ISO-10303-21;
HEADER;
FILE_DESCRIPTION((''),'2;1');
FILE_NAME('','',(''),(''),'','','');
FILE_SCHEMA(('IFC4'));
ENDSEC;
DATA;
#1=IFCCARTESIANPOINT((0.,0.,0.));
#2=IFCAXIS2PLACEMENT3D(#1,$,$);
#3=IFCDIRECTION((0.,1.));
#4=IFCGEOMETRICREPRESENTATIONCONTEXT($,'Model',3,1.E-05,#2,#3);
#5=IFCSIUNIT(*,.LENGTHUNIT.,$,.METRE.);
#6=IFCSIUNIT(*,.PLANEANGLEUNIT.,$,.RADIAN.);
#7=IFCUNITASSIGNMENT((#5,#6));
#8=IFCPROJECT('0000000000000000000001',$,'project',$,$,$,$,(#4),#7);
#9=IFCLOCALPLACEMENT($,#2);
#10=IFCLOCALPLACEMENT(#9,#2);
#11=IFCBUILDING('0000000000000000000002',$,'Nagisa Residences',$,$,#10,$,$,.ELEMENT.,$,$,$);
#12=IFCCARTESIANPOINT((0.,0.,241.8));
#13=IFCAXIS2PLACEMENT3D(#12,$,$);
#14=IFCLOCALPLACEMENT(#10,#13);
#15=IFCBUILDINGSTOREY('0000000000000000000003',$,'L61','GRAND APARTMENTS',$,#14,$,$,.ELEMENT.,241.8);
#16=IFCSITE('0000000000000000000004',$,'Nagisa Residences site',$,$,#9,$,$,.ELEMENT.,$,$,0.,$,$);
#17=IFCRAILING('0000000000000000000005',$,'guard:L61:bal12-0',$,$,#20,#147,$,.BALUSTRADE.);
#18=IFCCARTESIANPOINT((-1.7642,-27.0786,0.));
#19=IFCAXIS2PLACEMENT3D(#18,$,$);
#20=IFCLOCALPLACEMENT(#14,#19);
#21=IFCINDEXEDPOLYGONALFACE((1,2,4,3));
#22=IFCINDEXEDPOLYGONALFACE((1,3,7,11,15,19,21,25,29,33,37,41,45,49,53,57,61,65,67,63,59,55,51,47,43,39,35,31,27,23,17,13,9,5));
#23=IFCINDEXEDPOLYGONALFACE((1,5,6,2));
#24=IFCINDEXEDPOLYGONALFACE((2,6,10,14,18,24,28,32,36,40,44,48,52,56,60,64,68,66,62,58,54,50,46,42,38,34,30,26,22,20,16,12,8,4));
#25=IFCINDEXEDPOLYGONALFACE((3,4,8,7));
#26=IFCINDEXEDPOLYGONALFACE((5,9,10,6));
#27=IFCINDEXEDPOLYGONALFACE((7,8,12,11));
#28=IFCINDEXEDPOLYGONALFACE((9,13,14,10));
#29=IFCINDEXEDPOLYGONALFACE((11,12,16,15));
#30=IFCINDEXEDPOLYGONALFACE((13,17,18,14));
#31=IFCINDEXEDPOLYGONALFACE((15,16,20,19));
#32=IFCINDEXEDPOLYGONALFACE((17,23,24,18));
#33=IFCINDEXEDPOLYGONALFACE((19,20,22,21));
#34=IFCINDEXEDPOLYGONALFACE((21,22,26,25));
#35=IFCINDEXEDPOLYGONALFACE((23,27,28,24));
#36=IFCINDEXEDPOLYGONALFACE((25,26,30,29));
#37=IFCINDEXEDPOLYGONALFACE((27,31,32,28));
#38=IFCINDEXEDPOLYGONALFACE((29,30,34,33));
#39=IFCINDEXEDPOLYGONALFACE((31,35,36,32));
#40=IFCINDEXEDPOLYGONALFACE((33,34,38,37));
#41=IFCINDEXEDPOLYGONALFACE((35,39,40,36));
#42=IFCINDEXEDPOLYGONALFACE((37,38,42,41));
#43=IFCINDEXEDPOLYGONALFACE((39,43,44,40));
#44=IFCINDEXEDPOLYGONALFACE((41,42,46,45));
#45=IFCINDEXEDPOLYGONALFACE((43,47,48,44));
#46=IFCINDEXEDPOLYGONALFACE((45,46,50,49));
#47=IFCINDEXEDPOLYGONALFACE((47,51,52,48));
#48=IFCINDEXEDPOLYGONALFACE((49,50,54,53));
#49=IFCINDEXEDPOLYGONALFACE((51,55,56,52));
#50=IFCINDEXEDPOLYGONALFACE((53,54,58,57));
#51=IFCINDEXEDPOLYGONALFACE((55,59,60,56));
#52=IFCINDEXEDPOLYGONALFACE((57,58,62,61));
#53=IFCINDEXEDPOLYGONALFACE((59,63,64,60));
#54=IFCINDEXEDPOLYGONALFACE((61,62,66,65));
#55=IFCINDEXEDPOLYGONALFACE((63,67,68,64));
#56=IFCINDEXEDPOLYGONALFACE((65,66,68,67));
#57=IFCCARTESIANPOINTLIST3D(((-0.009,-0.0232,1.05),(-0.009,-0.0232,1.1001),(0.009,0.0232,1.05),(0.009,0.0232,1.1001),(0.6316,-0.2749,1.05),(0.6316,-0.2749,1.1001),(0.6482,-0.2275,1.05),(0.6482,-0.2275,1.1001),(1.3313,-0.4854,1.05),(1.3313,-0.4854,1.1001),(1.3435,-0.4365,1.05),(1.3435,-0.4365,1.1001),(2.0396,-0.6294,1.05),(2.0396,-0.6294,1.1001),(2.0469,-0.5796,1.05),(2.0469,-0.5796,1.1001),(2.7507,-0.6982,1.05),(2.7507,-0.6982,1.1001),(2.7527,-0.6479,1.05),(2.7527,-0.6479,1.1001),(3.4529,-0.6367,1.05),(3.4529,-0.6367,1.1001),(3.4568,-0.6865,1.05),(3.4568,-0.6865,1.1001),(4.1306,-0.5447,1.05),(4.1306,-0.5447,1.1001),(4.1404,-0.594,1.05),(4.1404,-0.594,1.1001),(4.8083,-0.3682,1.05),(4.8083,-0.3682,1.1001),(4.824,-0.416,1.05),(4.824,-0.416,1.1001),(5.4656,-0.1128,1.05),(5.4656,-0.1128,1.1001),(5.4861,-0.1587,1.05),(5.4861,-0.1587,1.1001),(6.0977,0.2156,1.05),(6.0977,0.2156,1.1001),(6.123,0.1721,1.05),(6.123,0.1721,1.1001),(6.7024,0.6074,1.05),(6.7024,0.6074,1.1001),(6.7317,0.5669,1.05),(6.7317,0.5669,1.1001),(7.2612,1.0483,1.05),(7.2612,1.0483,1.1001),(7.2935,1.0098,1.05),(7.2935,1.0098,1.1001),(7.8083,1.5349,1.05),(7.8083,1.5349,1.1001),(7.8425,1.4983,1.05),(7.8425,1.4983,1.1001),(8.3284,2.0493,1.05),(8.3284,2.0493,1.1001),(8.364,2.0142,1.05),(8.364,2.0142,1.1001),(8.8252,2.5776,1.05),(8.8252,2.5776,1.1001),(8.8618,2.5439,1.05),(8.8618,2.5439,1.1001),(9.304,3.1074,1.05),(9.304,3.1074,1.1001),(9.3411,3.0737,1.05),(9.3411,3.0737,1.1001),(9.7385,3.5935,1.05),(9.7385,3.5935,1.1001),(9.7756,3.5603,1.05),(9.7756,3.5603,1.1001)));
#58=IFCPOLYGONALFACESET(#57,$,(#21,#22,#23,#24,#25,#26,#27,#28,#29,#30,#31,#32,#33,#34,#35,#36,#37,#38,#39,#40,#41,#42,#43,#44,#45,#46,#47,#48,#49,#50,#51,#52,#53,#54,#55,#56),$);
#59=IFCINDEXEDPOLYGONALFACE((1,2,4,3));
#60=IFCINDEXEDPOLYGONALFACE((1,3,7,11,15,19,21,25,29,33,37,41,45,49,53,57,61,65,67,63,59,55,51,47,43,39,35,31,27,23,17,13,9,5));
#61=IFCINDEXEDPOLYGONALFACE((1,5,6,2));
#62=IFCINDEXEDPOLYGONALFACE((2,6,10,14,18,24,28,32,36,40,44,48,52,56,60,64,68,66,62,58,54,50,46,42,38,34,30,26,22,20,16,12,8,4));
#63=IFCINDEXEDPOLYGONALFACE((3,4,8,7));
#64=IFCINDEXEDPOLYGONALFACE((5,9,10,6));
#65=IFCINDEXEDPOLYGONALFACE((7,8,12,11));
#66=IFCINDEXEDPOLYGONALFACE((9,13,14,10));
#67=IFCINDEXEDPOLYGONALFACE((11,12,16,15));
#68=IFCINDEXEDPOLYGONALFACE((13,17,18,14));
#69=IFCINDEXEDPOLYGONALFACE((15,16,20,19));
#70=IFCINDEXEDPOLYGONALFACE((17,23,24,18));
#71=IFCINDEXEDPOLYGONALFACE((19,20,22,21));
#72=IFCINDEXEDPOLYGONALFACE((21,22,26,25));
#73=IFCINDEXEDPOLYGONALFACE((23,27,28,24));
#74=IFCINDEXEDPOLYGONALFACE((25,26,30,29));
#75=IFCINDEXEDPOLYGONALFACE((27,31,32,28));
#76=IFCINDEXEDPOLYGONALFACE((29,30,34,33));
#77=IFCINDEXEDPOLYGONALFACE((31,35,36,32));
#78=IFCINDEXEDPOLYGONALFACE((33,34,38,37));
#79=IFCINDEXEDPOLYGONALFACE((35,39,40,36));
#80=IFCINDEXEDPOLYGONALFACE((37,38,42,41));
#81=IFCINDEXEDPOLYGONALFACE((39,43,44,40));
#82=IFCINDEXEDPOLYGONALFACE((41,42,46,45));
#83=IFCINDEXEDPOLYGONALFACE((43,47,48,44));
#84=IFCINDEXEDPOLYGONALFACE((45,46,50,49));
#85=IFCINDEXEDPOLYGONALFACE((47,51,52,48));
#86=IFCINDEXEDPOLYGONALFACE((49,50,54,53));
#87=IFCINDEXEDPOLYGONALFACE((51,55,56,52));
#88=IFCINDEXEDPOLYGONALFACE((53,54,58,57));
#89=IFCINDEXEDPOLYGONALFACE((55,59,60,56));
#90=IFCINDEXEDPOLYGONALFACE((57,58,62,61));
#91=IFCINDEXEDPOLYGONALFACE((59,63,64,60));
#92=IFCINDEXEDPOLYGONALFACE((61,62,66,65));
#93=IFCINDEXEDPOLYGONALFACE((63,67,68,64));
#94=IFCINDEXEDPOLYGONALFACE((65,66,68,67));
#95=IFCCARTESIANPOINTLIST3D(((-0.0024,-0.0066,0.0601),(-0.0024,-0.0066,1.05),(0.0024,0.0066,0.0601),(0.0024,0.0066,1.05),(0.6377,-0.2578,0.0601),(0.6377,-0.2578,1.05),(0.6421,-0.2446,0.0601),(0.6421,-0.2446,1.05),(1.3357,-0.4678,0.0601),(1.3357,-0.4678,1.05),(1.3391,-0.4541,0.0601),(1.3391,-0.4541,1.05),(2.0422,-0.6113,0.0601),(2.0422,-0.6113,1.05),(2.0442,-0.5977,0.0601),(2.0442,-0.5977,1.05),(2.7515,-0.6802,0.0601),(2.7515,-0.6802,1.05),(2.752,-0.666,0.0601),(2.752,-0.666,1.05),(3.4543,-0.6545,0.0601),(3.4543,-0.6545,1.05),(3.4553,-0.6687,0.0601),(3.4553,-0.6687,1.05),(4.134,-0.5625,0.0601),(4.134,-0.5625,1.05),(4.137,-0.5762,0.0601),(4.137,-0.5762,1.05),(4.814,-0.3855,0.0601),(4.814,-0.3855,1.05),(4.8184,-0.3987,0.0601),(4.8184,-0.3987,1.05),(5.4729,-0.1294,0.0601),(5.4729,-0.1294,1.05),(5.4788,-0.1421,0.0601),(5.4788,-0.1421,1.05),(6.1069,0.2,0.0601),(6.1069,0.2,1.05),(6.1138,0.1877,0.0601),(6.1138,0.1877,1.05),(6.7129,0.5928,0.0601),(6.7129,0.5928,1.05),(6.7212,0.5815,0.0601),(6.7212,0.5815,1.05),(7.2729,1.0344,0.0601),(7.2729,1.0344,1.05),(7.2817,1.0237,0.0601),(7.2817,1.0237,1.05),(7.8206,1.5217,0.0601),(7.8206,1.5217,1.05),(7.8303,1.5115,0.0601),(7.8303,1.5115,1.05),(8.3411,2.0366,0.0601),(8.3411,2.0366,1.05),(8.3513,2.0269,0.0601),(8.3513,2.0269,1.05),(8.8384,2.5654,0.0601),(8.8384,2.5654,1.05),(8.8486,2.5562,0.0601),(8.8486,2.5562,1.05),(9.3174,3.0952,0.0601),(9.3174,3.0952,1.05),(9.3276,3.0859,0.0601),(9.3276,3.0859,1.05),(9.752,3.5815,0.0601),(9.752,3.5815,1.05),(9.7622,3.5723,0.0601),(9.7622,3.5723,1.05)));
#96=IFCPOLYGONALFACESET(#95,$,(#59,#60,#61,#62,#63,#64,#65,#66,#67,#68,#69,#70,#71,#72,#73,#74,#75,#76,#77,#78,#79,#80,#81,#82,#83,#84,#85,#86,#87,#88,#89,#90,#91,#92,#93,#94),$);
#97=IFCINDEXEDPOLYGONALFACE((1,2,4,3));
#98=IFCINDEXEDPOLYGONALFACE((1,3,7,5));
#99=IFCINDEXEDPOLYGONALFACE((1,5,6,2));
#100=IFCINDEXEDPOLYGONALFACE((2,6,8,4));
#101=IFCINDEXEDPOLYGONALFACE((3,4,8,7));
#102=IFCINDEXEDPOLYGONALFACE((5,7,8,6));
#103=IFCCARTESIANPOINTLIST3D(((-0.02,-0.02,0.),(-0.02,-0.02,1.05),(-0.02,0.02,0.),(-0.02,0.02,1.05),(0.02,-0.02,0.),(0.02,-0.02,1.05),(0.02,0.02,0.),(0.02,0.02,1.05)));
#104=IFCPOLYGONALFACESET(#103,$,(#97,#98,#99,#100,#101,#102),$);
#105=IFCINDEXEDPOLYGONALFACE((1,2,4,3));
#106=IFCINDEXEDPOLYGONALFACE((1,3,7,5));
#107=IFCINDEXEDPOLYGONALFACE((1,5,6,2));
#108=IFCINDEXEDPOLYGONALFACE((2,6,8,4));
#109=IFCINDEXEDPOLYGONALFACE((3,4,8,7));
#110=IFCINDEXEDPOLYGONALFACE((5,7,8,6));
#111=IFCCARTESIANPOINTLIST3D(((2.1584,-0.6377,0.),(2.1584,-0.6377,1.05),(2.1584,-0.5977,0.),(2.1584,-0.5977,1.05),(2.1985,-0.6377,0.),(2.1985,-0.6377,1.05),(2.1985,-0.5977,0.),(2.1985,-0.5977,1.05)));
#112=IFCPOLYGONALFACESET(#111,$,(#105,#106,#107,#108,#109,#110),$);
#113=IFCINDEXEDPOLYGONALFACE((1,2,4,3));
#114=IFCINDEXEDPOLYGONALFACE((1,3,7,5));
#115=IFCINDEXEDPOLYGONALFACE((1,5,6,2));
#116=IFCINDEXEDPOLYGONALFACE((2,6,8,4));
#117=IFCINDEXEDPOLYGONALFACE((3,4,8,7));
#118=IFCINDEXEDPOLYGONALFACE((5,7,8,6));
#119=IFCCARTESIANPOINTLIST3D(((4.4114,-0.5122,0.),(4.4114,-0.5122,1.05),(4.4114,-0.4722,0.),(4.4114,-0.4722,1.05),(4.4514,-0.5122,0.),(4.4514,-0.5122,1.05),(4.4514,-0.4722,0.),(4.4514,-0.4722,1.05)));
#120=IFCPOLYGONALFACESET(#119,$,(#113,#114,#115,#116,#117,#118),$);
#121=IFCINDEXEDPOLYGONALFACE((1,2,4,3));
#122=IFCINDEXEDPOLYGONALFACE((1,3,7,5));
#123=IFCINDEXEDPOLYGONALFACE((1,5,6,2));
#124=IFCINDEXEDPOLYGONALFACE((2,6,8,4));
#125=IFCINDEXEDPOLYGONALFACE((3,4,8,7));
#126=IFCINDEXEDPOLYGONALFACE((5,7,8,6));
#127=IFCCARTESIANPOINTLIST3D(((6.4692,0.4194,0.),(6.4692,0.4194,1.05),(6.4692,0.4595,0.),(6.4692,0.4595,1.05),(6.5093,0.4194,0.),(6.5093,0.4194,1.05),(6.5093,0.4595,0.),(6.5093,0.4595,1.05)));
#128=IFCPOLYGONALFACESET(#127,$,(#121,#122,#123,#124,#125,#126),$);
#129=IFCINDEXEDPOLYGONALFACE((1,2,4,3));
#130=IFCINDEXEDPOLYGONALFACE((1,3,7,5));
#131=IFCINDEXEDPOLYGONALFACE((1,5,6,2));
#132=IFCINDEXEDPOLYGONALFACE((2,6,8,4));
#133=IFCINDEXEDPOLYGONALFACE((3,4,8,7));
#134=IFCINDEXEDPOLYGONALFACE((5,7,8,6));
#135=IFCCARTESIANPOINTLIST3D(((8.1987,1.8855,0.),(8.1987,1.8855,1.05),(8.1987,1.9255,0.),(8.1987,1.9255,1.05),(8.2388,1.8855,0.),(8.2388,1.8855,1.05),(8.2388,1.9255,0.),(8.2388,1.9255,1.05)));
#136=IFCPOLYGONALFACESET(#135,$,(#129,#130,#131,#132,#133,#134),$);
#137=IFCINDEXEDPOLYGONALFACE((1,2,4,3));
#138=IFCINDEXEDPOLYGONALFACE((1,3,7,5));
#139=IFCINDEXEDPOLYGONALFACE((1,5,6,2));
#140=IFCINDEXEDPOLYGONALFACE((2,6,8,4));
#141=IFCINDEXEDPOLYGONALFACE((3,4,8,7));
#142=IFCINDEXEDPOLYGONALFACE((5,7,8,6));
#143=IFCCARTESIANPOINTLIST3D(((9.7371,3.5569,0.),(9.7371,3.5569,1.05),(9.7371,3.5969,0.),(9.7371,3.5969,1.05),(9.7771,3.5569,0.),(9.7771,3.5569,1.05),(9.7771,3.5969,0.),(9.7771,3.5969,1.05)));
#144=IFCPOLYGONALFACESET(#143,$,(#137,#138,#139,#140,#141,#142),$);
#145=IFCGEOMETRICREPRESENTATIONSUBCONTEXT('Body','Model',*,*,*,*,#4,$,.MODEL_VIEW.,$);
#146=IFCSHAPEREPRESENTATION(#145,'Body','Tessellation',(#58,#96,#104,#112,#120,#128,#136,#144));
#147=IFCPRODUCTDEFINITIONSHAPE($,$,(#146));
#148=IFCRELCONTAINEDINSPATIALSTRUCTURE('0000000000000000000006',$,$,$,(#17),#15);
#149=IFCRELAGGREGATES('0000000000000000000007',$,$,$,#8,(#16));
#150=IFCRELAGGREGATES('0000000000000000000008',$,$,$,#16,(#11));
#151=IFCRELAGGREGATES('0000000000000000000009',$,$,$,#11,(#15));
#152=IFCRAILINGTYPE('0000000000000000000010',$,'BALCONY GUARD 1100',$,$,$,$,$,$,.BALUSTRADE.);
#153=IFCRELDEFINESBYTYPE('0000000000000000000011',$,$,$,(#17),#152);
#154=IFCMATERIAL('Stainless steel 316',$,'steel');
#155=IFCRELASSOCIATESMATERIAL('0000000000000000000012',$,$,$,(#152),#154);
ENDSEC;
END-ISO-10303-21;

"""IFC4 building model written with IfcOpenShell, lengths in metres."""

from ifc_helpers import new_model, si_unit, direction, frame, origin, origin_2d, place, context, subcontext, project, spatial, polyline, rectangle, outline, extrude, material, type_object, element, save


model = new_model("IFC4")

# Units and contexts
model_context = context("Model", 3, precision=1e-05, world=origin(), true_north=direction((0.0, 1.0)))
body_context = subcontext(model_context, "Body", "Model", "MODEL_VIEW")
ifc_project = project(units=[si_unit("LENGTHUNIT", "METRE"), si_unit("PLANEANGLEUNIT", "RADIAN")], contexts=[model_context])

# Site, building, storey
site_placement = place(None, origin())
site = spatial("IfcSite", under=ifc_project, at=site_placement, Name="Nagisa Residences site", CompositionType="ELEMENT", RefElevation=0.0)
building_placement = place(site_placement, origin())
building = spatial("IfcBuilding", under=site, at=building_placement, Name="Nagisa Residences", CompositionType="ELEMENT")
storey_placement = place(building_placement, frame((0.0, 0.0, 241.8)))
storey = spatial("IfcBuildingStorey", under=building, at=storey_placement, Name="L61", Description="GRAND APARTMENTS", CompositionType="ELEMENT", Elevation=241.8)

# Railing
ifc_material_1 = material(Name="Stainless steel 316", Category="steel")
railing_type = type_object("IfcRailingType", Name="BALCONY GUARD 1100", PredefinedType="BALUSTRADE", material=ifc_material_1)
railing_placement = place(storey_placement, frame((-1.7642, -27.0786, 0.0)))
element("IfcRailing", 1, at=railing_placement, inside=storey, type_object=railing_type, Name="guard:L61:bal12-0", PredefinedType="BALUSTRADE", context=body_context, shape_type="SweptSolid", body=[
    extrude(outline(polyline([(0.6482, -0.2275), (0.009, 0.0232), (-0.009, -0.0232), (0.6316, -0.2749), (1.3313, -0.4854), (2.0396, -0.6294), (2.7507, -0.6982), (3.4568, -0.6865), (4.1404, -0.594), (4.824, -0.416), (5.4861, -0.1587), (6.123, 0.1721), (6.7317, 0.5669), (7.2935, 1.0098), (7.8425, 1.4983), (8.364, 2.0142), (8.8618, 2.5439), (9.3411, 3.0737), (9.7756, 3.5603), (9.7385, 3.5935), (9.304, 3.1074), (8.8252, 2.5776), (8.3284, 2.0493), (7.8083, 1.5349), (7.2612, 1.0483), (6.7024, 0.6074), (6.0977, 0.2156), (5.4656, -0.1128), (4.8083, -0.3682), (4.1306, -0.5447), (3.4529, -0.6367), (2.7527, -0.6479), (2.0469, -0.5796), (1.3435, -0.4365), (0.6482, -0.2275)])), frame((0.0, 0.0, 1.05)), (0.0, 0.0, 1.0), 0.05),
    extrude(outline(polyline([(0.6421, -0.2446), (0.0024, 0.0066), (-0.0024, -0.0066), (0.6377, -0.2578), (1.3357, -0.4678), (2.0422, -0.6113), (2.7515, -0.6802), (3.4553, -0.6687), (4.137, -0.5762), (4.8184, -0.3987), (5.4788, -0.1421), (6.1138, 0.1877), (6.7212, 0.5815), (7.2817, 1.0237), (7.8303, 1.5115), (8.3513, 2.0269), (8.8486, 2.5562), (9.3276, 3.0859), (9.7622, 3.5723), (9.752, 3.5815), (9.3174, 3.0952), (8.8384, 2.5654), (8.3411, 2.0366), (7.8206, 1.5217), (7.2729, 1.0344), (6.7129, 0.5928), (6.1069, 0.2), (5.4729, -0.1294), (4.814, -0.3855), (4.134, -0.5625), (3.4543, -0.6545), (2.752, -0.666), (2.0442, -0.5977), (1.3391, -0.4541), (0.6421, -0.2446)])), frame((0.0, 0.0, 0.0601)), (0.0, 0.0, 1.0), 0.99),
    extrude(rectangle(XDim=0.04, YDim=0.04, at=origin_2d()), origin(), (0.0, 0.0, 1.0), 1.05),
    extrude(rectangle(XDim=0.04, YDim=0.04, at=origin_2d()), frame((2.1785, -0.6177, 0.0)), (0.0, 0.0, 1.0), 1.05),
    extrude(rectangle(XDim=0.04, YDim=0.04, at=origin_2d()), frame((4.4314, -0.4922, 0.0)), (0.0, 0.0, 1.0), 1.05),
    extrude(rectangle(XDim=0.04, YDim=0.04, at=origin_2d()), frame((6.4893, 0.4395, 0.0)), (0.0, 0.0, 1.0), 1.05),
    extrude(rectangle(XDim=0.04, YDim=0.04, at=origin_2d()), frame((8.2188, 1.9055, 0.0)), (0.0, 0.0, 1.0), 1.05),
    extrude(rectangle(XDim=0.04, YDim=0.04, at=origin_2d()), frame((9.7571, 3.5769, 0.0)), (0.0, 0.0, 1.0), 1.05),
])

save(model, "model.ifc")
